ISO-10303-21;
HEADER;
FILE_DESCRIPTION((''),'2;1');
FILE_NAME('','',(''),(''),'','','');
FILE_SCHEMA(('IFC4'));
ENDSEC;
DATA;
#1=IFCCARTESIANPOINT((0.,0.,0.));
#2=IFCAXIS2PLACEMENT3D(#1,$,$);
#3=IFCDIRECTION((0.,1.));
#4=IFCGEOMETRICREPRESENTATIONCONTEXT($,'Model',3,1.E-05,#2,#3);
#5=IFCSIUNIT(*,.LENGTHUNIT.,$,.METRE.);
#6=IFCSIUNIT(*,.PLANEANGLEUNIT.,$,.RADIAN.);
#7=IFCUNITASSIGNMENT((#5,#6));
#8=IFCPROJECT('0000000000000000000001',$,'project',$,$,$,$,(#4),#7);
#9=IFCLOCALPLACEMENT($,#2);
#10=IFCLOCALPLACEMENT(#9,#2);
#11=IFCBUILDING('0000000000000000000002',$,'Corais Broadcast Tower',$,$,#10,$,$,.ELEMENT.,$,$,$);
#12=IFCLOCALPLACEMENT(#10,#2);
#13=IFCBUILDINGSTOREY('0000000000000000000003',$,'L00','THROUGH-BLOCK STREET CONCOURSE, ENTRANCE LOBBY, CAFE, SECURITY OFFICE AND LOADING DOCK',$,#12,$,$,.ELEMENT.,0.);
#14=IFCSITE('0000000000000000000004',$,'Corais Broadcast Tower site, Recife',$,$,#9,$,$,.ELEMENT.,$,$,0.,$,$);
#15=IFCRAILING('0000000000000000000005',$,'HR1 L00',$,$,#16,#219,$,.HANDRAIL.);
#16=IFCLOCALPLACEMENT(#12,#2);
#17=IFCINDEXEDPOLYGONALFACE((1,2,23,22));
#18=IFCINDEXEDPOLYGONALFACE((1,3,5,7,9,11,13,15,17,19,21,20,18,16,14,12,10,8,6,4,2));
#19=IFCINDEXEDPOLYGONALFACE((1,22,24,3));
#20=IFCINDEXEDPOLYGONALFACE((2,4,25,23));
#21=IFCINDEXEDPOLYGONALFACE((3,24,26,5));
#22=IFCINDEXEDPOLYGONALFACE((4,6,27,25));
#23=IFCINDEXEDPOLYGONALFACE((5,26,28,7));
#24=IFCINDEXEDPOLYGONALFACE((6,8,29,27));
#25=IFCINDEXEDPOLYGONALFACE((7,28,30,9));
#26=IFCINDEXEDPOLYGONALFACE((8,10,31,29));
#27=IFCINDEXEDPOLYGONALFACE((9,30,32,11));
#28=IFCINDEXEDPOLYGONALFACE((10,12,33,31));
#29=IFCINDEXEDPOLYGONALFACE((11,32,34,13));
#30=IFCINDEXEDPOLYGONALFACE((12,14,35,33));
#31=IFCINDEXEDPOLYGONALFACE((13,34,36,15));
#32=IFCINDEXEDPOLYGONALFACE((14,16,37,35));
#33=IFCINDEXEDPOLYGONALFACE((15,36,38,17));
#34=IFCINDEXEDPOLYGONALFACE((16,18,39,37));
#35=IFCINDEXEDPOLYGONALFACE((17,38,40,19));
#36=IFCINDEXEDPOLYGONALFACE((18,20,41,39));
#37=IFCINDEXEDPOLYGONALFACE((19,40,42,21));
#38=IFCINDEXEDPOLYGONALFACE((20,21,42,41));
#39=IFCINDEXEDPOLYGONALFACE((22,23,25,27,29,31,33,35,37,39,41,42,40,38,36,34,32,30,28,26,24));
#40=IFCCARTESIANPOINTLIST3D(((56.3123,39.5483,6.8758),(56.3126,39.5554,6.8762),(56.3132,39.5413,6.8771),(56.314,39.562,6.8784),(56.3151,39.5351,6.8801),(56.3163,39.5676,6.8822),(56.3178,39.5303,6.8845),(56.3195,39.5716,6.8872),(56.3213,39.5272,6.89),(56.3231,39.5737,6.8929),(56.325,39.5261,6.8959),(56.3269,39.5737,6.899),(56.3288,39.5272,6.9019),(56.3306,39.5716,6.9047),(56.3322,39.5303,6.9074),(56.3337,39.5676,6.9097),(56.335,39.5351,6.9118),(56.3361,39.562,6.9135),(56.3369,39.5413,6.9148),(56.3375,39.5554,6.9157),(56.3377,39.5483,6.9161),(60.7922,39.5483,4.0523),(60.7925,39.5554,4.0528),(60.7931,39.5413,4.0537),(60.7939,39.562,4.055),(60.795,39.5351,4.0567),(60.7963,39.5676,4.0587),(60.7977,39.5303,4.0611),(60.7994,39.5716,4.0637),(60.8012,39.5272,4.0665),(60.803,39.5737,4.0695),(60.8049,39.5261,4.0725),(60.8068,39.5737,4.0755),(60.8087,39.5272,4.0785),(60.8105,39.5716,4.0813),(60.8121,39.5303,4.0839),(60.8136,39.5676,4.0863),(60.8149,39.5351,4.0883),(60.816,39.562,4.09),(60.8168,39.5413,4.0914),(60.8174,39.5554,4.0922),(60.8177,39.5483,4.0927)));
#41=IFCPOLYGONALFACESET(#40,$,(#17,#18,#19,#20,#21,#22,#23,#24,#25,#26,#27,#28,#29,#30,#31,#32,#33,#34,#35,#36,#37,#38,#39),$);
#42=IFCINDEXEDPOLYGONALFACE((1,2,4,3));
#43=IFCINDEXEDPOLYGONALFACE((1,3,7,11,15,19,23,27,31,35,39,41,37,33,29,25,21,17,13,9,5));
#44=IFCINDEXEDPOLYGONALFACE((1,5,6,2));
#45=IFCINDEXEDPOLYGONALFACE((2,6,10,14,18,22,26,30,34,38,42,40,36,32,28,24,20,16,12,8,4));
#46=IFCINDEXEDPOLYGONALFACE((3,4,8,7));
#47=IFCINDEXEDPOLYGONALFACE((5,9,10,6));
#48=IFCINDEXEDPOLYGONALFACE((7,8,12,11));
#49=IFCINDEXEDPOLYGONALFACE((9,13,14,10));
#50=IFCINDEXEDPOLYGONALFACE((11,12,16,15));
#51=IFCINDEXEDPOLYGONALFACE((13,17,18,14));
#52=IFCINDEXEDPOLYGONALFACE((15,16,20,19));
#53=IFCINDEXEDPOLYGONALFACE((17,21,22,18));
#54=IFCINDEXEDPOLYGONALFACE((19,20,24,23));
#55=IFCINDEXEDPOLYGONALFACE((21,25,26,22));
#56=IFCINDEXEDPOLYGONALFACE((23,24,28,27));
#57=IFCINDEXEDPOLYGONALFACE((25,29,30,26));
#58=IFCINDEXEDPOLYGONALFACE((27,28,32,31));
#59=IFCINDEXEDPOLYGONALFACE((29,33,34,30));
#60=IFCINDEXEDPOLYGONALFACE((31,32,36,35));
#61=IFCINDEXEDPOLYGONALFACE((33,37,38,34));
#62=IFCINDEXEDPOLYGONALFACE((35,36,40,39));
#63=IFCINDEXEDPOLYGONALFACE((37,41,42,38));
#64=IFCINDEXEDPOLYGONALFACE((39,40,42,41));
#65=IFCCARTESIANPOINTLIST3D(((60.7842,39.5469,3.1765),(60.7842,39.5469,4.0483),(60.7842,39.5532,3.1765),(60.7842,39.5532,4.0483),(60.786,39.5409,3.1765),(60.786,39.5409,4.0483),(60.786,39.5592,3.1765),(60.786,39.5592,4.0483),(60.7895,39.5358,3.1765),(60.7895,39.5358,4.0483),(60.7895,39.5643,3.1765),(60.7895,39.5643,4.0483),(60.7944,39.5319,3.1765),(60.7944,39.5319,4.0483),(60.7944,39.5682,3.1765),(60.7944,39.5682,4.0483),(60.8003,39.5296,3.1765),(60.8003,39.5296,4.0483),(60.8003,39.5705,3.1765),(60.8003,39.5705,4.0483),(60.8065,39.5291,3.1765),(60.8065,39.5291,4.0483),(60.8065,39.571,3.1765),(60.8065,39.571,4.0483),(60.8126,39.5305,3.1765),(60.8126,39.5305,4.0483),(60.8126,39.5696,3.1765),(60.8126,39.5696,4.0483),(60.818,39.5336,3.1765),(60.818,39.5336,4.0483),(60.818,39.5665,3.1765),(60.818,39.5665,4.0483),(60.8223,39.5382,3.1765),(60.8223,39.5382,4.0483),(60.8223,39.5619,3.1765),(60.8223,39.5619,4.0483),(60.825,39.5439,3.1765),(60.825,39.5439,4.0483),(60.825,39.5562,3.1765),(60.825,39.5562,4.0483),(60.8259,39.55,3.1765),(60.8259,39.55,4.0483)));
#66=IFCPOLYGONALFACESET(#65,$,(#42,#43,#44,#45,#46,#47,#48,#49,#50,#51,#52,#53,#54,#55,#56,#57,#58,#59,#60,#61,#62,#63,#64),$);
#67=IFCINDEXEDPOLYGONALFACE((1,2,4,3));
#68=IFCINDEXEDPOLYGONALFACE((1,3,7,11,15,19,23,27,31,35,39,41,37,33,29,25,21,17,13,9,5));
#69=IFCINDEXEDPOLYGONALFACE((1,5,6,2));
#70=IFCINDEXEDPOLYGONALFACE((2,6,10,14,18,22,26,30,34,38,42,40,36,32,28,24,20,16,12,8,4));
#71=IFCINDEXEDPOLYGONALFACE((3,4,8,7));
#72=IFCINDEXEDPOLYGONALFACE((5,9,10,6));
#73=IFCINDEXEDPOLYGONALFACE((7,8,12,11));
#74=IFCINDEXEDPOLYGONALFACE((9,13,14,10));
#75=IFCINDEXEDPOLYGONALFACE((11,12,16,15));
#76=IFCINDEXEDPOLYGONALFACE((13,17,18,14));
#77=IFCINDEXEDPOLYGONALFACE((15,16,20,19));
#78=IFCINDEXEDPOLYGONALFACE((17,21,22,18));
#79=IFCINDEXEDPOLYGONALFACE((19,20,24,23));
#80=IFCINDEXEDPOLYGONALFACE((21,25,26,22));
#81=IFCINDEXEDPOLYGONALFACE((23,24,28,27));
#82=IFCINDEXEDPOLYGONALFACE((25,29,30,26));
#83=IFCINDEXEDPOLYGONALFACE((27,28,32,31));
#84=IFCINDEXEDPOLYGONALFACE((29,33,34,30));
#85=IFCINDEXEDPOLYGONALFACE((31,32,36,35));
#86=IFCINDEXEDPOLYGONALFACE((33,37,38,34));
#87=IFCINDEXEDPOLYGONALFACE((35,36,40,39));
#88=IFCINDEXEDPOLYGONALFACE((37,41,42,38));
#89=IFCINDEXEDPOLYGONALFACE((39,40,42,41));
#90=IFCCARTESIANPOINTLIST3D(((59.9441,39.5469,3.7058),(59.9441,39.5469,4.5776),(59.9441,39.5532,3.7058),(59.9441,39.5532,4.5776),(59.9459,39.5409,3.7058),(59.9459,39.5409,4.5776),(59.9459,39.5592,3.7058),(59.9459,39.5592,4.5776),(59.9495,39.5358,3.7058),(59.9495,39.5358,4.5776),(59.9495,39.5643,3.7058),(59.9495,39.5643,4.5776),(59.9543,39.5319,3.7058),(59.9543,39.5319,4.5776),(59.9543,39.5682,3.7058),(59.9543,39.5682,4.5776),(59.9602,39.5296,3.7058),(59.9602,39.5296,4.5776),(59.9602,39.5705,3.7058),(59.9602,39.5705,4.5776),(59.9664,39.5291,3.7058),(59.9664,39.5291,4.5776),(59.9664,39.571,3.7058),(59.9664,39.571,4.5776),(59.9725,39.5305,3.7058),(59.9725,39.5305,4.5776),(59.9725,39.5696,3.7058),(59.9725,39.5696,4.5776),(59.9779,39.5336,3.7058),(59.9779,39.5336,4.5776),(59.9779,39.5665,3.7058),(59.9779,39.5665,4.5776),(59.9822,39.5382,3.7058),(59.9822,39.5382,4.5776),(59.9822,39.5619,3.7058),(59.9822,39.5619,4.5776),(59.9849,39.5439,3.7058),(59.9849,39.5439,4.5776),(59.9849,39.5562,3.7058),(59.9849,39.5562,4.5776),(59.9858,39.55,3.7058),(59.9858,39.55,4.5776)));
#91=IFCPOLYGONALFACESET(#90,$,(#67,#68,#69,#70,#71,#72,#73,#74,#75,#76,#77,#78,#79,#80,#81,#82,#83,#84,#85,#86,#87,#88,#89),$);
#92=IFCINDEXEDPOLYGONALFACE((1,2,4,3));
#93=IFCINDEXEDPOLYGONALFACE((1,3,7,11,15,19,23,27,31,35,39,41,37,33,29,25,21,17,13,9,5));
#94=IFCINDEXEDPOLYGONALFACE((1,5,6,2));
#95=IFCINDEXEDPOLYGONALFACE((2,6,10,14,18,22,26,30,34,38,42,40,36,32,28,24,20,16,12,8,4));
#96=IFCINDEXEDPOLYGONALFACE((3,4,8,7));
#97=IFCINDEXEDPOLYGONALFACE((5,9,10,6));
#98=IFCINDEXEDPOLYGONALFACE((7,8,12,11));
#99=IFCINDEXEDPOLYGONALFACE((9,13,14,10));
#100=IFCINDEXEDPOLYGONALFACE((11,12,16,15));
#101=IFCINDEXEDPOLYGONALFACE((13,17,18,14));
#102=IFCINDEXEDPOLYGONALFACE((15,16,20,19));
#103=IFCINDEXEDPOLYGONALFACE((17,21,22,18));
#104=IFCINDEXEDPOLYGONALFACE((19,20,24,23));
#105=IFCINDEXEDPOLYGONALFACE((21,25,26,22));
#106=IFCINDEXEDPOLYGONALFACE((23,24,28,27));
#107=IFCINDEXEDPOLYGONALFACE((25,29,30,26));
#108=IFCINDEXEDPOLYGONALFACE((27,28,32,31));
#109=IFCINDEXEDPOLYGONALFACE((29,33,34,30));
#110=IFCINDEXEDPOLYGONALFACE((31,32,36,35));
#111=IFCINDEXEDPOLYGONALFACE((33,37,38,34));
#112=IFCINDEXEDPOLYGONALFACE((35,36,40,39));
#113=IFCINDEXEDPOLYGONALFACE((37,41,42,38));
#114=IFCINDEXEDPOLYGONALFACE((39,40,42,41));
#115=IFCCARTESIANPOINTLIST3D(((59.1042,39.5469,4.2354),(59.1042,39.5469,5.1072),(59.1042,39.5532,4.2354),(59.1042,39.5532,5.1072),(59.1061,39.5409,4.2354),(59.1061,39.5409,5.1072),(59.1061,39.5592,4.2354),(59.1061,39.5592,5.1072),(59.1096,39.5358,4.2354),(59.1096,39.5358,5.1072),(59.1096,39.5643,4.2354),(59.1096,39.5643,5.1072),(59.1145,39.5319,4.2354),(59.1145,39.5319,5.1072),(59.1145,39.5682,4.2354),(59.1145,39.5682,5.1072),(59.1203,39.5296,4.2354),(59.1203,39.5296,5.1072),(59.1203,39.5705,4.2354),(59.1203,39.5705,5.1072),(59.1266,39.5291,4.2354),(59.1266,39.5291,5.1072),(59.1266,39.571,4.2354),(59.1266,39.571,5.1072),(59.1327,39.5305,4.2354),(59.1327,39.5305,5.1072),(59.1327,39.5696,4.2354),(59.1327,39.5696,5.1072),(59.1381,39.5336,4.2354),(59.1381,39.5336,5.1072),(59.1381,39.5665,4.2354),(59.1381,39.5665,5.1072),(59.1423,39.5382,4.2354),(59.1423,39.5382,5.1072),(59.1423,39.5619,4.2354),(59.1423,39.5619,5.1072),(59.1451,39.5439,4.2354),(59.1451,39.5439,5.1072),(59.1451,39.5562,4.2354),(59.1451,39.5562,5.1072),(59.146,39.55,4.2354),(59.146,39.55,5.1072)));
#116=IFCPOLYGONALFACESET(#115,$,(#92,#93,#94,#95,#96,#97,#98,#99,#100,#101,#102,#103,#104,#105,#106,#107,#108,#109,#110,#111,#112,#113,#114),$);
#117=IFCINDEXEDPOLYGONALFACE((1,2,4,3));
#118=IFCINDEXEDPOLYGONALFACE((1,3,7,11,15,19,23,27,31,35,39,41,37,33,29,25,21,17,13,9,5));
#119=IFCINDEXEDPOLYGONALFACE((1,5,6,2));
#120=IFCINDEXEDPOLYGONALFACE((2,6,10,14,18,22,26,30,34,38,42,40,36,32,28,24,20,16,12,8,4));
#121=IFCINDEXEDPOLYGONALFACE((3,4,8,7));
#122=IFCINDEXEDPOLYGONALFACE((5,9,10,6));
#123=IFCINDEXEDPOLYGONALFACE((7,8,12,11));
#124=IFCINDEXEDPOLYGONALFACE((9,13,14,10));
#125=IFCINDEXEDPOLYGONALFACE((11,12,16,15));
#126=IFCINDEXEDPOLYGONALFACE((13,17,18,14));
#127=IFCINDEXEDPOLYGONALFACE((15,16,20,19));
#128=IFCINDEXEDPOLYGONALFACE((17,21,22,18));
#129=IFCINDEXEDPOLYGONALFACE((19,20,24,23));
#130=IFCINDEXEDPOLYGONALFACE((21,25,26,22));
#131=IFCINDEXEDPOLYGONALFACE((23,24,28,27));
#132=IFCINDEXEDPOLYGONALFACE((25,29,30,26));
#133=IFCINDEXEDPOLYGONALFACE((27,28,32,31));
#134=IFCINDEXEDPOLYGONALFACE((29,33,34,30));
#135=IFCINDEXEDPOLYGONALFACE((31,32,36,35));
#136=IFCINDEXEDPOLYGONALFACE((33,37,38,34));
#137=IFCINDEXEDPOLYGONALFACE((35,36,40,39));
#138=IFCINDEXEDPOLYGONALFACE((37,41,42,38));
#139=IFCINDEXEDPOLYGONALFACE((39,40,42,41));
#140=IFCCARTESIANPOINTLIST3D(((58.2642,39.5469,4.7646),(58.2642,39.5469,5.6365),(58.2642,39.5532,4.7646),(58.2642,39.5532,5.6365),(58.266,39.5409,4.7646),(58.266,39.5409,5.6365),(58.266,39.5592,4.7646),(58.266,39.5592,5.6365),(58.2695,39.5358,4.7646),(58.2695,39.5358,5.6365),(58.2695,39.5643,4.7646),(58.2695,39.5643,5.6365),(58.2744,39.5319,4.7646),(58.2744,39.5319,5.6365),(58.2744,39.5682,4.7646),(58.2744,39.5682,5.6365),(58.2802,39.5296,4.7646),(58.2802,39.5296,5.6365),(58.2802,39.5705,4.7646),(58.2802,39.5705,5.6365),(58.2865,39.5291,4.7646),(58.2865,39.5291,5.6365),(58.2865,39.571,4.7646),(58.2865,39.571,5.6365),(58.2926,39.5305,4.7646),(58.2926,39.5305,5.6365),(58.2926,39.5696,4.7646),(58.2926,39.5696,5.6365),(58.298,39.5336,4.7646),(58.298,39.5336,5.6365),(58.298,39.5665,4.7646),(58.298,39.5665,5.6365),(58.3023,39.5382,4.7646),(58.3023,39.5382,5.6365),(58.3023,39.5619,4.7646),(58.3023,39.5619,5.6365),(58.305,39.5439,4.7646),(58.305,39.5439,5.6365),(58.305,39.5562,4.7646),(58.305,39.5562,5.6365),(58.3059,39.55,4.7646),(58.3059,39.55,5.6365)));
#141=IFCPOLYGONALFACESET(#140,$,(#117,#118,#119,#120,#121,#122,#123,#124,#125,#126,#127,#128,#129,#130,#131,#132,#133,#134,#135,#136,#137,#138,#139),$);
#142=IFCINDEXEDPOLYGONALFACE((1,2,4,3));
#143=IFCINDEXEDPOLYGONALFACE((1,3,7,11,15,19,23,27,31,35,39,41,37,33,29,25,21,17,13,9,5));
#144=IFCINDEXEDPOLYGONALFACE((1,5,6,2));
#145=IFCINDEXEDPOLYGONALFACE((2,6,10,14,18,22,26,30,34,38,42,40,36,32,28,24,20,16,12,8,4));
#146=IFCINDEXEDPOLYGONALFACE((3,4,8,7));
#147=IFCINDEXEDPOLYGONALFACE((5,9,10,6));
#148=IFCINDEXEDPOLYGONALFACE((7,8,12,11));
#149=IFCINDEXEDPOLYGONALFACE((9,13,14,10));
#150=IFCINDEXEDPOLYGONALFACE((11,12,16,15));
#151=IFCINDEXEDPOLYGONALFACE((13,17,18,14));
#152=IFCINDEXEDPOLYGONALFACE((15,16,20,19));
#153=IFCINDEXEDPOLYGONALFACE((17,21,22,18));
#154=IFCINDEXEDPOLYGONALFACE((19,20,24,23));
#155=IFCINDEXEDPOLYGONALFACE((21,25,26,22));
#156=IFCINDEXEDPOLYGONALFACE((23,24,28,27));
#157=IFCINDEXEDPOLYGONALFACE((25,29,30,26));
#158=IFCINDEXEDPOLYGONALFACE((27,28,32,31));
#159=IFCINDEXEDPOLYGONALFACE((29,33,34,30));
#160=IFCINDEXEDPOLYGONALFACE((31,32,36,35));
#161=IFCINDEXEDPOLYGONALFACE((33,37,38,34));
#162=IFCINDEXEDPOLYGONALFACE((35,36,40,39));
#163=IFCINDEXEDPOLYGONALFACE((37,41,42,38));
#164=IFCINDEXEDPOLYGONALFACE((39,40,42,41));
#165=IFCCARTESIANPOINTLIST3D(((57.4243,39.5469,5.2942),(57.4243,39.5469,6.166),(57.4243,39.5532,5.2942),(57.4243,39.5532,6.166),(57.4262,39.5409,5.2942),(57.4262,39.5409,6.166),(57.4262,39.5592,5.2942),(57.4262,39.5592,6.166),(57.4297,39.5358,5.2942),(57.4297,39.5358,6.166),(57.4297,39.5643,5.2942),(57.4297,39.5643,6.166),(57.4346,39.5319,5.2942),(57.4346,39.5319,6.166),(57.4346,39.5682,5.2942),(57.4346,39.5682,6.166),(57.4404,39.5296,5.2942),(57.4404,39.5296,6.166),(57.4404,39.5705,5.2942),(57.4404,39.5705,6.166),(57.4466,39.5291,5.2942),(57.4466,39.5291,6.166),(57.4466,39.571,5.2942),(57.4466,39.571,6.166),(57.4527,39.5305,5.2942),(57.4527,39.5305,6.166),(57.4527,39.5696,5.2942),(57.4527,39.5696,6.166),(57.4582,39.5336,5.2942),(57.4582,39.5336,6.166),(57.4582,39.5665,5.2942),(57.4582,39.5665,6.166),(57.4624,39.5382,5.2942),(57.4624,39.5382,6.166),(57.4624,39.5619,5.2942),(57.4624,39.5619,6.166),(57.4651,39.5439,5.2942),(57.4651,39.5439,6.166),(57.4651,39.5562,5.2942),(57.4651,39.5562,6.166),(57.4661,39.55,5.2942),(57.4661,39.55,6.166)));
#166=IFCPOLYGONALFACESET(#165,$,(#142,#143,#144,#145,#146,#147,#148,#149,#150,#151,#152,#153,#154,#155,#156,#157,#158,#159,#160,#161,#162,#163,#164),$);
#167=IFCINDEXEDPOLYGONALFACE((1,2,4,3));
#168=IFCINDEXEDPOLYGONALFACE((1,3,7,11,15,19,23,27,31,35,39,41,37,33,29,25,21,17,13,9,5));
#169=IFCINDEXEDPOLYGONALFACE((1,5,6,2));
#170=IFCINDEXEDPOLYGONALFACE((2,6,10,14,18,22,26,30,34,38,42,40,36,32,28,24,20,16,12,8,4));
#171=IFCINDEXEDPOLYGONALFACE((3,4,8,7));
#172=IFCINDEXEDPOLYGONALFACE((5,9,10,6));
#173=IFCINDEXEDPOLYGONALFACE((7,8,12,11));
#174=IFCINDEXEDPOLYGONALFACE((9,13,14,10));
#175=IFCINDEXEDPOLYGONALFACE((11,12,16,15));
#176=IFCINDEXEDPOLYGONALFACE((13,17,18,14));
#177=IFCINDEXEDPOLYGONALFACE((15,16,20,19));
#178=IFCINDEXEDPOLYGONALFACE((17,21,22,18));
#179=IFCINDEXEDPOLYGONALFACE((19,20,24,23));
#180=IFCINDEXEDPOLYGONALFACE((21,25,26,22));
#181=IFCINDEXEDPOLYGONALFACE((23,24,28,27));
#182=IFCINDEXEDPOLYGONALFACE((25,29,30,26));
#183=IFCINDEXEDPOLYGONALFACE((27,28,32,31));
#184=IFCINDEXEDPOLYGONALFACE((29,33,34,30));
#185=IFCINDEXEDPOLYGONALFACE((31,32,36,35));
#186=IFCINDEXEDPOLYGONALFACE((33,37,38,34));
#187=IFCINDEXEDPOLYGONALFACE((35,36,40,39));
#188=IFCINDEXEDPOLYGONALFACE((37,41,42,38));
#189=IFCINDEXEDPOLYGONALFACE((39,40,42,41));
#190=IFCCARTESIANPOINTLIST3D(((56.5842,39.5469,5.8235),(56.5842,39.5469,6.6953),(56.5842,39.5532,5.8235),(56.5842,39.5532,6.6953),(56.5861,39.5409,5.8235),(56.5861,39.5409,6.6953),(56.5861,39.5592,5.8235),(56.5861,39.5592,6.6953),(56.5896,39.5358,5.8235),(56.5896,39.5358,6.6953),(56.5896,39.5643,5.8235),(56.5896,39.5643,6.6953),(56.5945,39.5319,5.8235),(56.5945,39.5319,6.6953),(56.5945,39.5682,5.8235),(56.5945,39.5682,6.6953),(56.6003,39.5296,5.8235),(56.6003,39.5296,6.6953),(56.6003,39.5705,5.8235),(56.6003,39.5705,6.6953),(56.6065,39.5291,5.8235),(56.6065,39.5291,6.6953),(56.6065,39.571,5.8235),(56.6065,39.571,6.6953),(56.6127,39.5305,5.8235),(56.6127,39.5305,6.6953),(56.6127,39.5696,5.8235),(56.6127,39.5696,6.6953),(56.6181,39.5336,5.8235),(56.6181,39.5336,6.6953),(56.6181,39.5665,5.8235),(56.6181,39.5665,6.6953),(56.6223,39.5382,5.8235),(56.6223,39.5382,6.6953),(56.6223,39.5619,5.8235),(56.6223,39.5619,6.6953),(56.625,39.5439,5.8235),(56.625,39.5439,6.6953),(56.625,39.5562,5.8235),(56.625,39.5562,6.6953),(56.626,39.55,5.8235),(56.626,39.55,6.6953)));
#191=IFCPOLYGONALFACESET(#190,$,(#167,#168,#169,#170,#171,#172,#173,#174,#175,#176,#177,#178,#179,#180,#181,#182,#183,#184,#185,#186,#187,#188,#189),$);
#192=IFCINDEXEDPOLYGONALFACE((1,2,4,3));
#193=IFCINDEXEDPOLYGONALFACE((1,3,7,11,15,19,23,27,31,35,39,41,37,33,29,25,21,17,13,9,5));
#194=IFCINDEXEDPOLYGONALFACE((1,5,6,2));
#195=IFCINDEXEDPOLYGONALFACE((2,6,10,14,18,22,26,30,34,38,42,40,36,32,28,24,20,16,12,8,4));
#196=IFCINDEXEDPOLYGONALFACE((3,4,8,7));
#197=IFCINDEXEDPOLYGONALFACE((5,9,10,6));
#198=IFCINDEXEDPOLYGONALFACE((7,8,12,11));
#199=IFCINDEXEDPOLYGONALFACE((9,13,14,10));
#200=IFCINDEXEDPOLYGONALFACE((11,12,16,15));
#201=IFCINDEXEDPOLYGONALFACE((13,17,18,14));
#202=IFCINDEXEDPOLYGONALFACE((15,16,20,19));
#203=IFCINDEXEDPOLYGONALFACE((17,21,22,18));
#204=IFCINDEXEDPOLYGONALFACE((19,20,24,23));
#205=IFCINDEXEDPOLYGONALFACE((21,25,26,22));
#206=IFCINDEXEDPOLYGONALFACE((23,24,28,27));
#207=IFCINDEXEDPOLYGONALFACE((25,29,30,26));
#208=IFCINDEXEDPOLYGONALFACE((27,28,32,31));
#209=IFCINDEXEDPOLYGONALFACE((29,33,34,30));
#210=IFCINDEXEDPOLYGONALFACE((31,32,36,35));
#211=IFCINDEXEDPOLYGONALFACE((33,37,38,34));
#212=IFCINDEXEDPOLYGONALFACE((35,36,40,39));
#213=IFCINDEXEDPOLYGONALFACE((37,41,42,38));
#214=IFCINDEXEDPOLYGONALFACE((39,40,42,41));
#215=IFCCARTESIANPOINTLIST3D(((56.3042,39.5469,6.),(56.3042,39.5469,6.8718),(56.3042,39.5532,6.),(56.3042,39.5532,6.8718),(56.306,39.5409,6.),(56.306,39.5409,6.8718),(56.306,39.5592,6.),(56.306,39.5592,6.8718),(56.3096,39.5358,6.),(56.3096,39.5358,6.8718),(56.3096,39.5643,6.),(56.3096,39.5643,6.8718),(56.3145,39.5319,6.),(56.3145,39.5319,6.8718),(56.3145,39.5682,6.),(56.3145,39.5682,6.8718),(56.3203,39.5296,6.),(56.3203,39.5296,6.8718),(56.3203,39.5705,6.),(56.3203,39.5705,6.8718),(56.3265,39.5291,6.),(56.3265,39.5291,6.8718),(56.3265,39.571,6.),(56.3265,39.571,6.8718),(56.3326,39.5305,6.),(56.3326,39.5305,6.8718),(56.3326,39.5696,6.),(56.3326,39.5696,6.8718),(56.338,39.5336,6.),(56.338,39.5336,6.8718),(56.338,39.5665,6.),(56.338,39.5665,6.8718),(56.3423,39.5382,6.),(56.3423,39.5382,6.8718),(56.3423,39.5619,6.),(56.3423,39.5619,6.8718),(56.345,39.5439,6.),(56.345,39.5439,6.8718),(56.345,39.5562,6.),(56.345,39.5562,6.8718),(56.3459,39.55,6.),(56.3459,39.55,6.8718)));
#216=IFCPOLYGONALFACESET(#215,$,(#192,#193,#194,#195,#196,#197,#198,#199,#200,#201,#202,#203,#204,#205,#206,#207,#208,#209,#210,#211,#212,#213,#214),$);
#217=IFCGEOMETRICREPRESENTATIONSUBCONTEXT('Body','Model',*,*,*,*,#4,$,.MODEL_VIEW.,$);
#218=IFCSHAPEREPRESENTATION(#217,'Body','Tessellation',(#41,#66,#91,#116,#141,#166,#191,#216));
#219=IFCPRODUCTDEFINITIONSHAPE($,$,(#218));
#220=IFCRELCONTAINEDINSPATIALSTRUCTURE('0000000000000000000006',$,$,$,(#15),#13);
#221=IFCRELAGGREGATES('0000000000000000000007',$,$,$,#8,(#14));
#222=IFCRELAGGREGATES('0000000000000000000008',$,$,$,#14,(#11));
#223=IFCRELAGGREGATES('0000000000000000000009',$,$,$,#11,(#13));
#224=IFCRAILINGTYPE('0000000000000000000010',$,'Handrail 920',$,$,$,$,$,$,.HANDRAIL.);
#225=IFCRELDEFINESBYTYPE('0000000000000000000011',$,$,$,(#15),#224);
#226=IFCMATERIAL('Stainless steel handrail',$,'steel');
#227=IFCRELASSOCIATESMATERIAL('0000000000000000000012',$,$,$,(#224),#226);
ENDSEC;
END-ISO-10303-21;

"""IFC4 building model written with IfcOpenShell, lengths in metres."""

from ifc_helpers import new_model, si_unit, direction, frame, origin, origin_2d, place, context, subcontext, project, spatial, circle, extrude, material, type_object, element, save


model = new_model("IFC4")

# Units and contexts
model_context = context("Model", 3, precision=1e-05, world=origin(), true_north=direction((0.0, 1.0)))
body_context = subcontext(model_context, "Body", "Model", "MODEL_VIEW")
ifc_project = project(units=[si_unit("LENGTHUNIT", "METRE"), si_unit("PLANEANGLEUNIT", "RADIAN")], contexts=[model_context])

# Site, building, storey
site_placement = place(None, origin())
site = spatial("IfcSite", under=ifc_project, at=site_placement, Name="Corais Broadcast Tower site, Recife", CompositionType="ELEMENT", RefElevation=0.0)
building_placement = place(site_placement, origin())
building = spatial("IfcBuilding", under=site, at=building_placement, Name="Corais Broadcast Tower", CompositionType="ELEMENT")
storey_placement = place(building_placement, origin())
storey = spatial("IfcBuildingStorey", under=building, at=storey_placement, Name="L00", Description="THROUGH-BLOCK STREET CONCOURSE, ENTRANCE LOBBY, CAFE, SECURITY OFFICE AND LOADING DOCK", CompositionType="ELEMENT", Elevation=0.0)

# Railing
ifc_material_1 = material(Name="Stainless steel handrail", Category="steel")
railing_type = type_object("IfcRailingType", Name="Handrail 920", PredefinedType="HANDRAIL", material=ifc_material_1)
for number, where, name in (
    (1, (60.8049, 39.55, 3.1765), "HR1 L00"),
):
    element("IfcRailing", number, at=place(storey_placement, frame(where)), inside=storey, type_object=railing_type, Name=name, PredefinedType="HANDRAIL", context=body_context, shape_type="SweptSolid", body=[
        extrude(circle(Radius=0.0239, at=origin_2d()), frame((0.0, 0.0, 0.896), z_axis=(-0.845998, 0.0, 0.533186), x_axis=(0.0, -1.0, 0.0)), (0.0, 0.0, 1.0), 5.2954),
        extrude(circle(Radius=0.021, at=origin_2d()), origin(), (0.0, 0.0, 1.0), 0.8718),
        extrude(circle(Radius=0.021, at=origin_2d()), frame((-0.8401, 0.0, 0.5293)), (0.0, 0.0, 1.0), 0.8718),
        extrude(circle(Radius=0.021, at=origin_2d()), frame((-1.6799, 0.0, 1.0588)), (0.0, 0.0, 1.0), 0.8718),
        extrude(circle(Radius=0.021, at=origin_2d()), frame((-2.52, 0.0, 1.5881)), (0.0, 0.0, 1.0), 0.8718),
        extrude(circle(Radius=0.021, at=origin_2d()), frame((-3.3599, 0.0, 2.1177)), (0.0, 0.0, 1.0), 0.8718),
        extrude(circle(Radius=0.021, at=origin_2d()), frame((-4.2, 0.0, 2.647)), (0.0, 0.0, 1.0), 0.8718),
        extrude(circle(Radius=0.021, at=origin_2d()), frame((-4.48, 0.0, 2.8235)), (0.0, 0.0, 1.0), 0.8718),
    ])

save(model, "model.ifc")
